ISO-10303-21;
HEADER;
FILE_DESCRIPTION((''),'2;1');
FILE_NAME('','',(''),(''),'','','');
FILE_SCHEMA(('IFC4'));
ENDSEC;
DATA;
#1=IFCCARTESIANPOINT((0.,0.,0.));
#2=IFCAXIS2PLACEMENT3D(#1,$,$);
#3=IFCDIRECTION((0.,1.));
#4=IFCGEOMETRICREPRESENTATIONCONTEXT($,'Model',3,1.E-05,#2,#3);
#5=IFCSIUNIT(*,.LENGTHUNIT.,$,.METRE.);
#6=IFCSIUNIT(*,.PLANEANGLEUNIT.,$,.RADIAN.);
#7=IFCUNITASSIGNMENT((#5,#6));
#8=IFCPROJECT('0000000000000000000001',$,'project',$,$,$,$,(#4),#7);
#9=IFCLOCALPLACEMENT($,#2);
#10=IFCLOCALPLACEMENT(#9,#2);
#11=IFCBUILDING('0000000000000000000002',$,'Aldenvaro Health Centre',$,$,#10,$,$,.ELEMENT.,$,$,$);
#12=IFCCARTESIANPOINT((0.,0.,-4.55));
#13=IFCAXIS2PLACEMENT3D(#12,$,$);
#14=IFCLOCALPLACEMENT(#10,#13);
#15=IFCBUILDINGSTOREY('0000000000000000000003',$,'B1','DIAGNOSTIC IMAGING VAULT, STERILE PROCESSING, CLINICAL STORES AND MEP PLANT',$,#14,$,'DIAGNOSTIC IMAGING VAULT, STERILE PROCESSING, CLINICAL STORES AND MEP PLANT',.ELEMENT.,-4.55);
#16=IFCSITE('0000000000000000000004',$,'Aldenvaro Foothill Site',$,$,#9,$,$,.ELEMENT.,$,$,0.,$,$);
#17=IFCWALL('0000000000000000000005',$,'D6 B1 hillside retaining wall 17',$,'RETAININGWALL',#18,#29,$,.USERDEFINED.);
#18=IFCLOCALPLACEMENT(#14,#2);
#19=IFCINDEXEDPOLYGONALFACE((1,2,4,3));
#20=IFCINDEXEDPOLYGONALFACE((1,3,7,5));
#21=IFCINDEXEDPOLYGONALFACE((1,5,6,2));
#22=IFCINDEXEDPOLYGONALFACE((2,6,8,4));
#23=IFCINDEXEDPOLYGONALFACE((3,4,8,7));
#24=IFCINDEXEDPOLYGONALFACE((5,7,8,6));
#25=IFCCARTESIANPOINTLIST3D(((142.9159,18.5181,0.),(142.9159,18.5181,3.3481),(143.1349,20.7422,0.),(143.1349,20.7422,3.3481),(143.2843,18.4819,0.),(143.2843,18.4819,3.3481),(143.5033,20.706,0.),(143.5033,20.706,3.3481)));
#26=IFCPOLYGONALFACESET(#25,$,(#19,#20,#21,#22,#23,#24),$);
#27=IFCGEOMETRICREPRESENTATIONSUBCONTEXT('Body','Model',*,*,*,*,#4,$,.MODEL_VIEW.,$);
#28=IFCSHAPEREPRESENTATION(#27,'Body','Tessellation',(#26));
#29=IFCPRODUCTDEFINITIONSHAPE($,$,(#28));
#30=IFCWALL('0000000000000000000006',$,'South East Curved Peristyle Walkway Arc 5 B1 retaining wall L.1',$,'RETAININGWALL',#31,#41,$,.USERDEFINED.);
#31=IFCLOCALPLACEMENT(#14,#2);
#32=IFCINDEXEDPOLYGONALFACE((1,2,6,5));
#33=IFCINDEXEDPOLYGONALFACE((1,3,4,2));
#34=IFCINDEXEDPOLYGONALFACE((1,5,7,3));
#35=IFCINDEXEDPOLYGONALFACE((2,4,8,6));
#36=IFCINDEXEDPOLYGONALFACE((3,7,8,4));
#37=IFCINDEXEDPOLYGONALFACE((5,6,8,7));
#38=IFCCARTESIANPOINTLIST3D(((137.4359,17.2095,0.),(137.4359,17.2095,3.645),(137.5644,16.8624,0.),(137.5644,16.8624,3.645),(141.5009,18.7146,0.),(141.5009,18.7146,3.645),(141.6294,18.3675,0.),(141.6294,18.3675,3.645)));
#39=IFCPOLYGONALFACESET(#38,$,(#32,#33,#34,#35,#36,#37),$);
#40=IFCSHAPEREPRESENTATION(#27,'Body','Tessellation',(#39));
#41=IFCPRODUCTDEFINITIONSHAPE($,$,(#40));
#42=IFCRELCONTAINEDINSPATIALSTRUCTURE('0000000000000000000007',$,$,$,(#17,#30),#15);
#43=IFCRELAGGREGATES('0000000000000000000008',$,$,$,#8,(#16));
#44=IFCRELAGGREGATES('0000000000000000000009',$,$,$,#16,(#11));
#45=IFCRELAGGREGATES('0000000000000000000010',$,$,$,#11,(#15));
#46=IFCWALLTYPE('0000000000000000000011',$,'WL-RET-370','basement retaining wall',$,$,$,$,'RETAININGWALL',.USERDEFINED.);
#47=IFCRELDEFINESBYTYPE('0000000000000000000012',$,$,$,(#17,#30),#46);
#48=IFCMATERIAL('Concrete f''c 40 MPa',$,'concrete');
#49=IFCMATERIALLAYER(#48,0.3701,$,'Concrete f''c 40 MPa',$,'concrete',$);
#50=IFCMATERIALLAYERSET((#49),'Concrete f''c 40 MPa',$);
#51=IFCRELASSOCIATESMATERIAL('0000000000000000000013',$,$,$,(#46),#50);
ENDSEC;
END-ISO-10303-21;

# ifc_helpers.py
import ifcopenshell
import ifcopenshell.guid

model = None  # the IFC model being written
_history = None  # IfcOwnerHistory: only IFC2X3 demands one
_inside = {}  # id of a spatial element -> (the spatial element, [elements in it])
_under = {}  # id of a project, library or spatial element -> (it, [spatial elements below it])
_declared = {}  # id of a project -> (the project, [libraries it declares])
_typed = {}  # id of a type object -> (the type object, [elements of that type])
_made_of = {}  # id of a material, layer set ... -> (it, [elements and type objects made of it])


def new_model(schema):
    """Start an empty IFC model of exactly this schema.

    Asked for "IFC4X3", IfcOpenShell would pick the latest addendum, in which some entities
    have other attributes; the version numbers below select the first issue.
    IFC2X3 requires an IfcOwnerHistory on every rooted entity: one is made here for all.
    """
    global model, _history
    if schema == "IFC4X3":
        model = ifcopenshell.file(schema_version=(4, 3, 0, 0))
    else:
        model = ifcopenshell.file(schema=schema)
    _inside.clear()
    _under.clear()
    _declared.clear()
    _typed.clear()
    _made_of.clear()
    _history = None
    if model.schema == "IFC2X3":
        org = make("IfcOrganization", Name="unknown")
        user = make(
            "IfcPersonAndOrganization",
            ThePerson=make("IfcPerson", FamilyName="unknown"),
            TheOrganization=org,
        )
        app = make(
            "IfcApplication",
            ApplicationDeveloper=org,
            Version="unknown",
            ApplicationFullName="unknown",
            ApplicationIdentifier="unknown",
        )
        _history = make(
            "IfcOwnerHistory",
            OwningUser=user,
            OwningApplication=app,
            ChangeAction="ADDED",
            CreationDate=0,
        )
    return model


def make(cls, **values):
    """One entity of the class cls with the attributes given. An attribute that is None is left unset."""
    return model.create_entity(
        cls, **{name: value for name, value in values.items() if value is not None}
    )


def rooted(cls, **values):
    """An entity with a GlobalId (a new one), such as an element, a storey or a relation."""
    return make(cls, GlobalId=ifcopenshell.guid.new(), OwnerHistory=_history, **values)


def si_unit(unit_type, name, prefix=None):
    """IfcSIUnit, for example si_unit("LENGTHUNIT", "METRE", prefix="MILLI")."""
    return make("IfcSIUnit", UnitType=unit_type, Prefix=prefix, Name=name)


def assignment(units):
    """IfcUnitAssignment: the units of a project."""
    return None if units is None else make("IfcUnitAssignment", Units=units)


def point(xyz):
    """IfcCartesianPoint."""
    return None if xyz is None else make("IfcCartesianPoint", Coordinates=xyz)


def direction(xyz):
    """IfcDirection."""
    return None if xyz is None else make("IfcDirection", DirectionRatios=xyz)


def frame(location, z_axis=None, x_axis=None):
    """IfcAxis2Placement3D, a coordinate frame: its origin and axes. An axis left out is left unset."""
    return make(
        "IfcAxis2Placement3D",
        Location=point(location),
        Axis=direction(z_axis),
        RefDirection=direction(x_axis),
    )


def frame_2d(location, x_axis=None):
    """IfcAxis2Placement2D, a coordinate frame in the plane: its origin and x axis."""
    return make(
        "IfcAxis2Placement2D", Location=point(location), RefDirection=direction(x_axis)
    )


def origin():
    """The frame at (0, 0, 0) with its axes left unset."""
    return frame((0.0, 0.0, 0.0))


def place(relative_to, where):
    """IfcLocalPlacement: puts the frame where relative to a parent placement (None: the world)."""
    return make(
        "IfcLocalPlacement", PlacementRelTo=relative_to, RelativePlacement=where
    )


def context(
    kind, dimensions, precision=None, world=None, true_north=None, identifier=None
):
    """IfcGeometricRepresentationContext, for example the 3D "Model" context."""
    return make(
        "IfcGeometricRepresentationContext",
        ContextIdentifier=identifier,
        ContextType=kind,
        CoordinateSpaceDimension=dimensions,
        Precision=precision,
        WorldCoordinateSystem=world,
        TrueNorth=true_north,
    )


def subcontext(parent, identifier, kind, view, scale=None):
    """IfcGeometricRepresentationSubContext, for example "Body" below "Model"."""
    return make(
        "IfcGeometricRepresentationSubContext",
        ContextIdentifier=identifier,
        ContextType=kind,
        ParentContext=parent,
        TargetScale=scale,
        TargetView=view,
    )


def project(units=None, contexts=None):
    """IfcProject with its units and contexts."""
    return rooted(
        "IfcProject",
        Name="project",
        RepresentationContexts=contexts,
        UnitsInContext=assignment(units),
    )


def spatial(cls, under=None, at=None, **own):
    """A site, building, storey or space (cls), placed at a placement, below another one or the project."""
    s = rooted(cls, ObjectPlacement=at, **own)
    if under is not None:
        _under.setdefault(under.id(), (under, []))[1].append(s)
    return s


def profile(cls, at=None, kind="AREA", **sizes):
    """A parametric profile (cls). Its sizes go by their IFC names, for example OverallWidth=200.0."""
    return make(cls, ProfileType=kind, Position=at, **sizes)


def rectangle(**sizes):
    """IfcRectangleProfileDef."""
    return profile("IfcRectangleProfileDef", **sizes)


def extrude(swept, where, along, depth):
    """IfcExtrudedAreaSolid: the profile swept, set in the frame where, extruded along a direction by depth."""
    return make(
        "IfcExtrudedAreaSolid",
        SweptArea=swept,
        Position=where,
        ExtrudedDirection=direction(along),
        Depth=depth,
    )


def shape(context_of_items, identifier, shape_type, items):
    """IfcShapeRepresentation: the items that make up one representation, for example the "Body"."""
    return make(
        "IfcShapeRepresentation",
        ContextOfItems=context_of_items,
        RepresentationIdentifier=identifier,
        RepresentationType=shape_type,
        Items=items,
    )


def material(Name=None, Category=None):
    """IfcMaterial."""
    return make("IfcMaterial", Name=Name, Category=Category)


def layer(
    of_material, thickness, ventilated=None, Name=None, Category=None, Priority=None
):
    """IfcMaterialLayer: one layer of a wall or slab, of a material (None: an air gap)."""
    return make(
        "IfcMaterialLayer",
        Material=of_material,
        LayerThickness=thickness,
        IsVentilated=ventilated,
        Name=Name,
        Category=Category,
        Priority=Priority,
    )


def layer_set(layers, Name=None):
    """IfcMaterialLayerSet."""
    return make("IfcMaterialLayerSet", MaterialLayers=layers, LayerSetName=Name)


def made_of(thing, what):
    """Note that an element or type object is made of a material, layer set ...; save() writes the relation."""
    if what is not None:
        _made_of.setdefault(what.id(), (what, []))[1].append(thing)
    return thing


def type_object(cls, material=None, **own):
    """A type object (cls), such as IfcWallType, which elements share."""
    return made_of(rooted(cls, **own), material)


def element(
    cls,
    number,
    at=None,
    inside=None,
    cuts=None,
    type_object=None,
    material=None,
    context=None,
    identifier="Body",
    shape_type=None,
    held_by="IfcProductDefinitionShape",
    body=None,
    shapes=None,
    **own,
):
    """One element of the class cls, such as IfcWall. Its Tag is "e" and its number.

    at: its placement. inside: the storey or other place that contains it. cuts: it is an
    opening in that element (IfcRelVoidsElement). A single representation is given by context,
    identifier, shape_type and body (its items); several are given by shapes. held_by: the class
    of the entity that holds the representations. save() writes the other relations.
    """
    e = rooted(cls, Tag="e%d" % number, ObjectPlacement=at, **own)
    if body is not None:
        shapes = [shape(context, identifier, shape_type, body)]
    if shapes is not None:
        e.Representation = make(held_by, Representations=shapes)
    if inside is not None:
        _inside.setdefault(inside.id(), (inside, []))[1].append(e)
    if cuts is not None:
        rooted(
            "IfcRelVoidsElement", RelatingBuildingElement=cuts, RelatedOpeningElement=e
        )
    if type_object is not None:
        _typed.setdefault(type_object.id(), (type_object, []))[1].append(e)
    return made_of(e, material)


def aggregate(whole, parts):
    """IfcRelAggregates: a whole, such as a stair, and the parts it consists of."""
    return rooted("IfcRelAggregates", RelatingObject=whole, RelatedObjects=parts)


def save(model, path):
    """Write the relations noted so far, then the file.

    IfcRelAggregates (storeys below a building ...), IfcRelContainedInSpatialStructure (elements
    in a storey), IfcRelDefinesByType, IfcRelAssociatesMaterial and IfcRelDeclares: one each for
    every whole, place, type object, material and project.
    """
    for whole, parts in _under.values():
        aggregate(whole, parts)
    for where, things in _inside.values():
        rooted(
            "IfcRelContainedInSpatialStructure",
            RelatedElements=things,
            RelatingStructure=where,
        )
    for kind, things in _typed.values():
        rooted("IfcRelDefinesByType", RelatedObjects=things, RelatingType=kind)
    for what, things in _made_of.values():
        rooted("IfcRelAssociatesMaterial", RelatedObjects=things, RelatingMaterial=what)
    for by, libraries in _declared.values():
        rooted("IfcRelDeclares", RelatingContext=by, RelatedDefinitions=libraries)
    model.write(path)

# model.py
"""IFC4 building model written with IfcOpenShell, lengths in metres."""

from ifc_helpers import new_model, si_unit, direction, frame, frame_2d, origin, place, context, subcontext, project, spatial, rectangle, extrude, material, layer, layer_set, type_object, element, save


model = new_model("IFC4")

# Units and contexts
model_context = context("Model", 3, precision=1e-05, world=origin(), true_north=direction((0.0, 1.0)))
body_context = subcontext(model_context, "Body", "Model", "MODEL_VIEW")
ifc_project = project(units=[si_unit("LENGTHUNIT", "METRE"), si_unit("PLANEANGLEUNIT", "RADIAN")], contexts=[model_context])

# Site, building, storey
site_placement = place(None, origin())
site = spatial("IfcSite", under=ifc_project, at=site_placement, Name="Aldenvaro Foothill Site", CompositionType="ELEMENT", RefElevation=0.0)
building_placement = place(site_placement, origin())
building = spatial("IfcBuilding", under=site, at=building_placement, Name="Aldenvaro Health Centre", CompositionType="ELEMENT")
storey_placement = place(building_placement, frame((0.0, 0.0, -4.55)))
storey = spatial("IfcBuildingStorey", under=building, at=storey_placement, Name="B1", Description="DIAGNOSTIC IMAGING VAULT, STERILE PROCESSING, CLINICAL STORES AND MEP PLANT", LongName="DIAGNOSTIC IMAGING VAULT, STERILE PROCESSING, CLINICAL STORES AND MEP PLANT", CompositionType="ELEMENT", Elevation=-4.55)

# Shared definitions
ifc_material_1 = material(Name="Concrete f'c 40 MPa", Category="concrete")

# Walls
ifc_layer_1 = layer(ifc_material_1, 0.3701, Name="Concrete f'c 40 MPa", Category="concrete")
ifc_layer_set_1 = layer_set([ifc_layer_1], Name="Concrete f'c 40 MPa")
wall_type = type_object("IfcWallType", Name="WL-RET-370", Description="basement retaining wall", ElementType="RETAININGWALL", PredefinedType="USERDEFINED", material=ifc_layer_set_1)
wall_1_placement = place(storey_placement, frame((143.1001, 18.5, 0.0), z_axis=(0.0, 0.0, 1.0), x_axis=(0.097989, 0.995187, 0.0)))
element("IfcWall", 1, at=wall_1_placement, inside=storey, type_object=wall_type, Name="D6 B1 hillside retaining wall 17", ObjectType="RETAININGWALL", PredefinedType="USERDEFINED", context=body_context, shape_type="SweptSolid", body=[
    extrude(rectangle(XDim=2.2349, YDim=0.3701, at=frame_2d((1.1174, 0.0))), origin(), (0.0, 0.0, 1.0), 3.3481),
])
wall_2_placement = place(storey_placement, frame((137.5, 17.0359, 0.0), z_axis=(0.0, 0.0, 1.0), x_axis=(0.937779, 0.347232, 0.0)))
element("IfcWall", 2, at=wall_2_placement, inside=storey, type_object=wall_type, Name="South East Curved Peristyle Walkway Arc 5 B1 retaining wall L.1", ObjectType="RETAININGWALL", PredefinedType="USERDEFINED", context=body_context, shape_type="SweptSolid", body=[
    extrude(rectangle(XDim=4.3347, YDim=0.3701, at=frame_2d((2.1675, 0.0))), origin(), (0.0, 0.0, 1.0), 3.645),
])

save(model, "model.ifc")
